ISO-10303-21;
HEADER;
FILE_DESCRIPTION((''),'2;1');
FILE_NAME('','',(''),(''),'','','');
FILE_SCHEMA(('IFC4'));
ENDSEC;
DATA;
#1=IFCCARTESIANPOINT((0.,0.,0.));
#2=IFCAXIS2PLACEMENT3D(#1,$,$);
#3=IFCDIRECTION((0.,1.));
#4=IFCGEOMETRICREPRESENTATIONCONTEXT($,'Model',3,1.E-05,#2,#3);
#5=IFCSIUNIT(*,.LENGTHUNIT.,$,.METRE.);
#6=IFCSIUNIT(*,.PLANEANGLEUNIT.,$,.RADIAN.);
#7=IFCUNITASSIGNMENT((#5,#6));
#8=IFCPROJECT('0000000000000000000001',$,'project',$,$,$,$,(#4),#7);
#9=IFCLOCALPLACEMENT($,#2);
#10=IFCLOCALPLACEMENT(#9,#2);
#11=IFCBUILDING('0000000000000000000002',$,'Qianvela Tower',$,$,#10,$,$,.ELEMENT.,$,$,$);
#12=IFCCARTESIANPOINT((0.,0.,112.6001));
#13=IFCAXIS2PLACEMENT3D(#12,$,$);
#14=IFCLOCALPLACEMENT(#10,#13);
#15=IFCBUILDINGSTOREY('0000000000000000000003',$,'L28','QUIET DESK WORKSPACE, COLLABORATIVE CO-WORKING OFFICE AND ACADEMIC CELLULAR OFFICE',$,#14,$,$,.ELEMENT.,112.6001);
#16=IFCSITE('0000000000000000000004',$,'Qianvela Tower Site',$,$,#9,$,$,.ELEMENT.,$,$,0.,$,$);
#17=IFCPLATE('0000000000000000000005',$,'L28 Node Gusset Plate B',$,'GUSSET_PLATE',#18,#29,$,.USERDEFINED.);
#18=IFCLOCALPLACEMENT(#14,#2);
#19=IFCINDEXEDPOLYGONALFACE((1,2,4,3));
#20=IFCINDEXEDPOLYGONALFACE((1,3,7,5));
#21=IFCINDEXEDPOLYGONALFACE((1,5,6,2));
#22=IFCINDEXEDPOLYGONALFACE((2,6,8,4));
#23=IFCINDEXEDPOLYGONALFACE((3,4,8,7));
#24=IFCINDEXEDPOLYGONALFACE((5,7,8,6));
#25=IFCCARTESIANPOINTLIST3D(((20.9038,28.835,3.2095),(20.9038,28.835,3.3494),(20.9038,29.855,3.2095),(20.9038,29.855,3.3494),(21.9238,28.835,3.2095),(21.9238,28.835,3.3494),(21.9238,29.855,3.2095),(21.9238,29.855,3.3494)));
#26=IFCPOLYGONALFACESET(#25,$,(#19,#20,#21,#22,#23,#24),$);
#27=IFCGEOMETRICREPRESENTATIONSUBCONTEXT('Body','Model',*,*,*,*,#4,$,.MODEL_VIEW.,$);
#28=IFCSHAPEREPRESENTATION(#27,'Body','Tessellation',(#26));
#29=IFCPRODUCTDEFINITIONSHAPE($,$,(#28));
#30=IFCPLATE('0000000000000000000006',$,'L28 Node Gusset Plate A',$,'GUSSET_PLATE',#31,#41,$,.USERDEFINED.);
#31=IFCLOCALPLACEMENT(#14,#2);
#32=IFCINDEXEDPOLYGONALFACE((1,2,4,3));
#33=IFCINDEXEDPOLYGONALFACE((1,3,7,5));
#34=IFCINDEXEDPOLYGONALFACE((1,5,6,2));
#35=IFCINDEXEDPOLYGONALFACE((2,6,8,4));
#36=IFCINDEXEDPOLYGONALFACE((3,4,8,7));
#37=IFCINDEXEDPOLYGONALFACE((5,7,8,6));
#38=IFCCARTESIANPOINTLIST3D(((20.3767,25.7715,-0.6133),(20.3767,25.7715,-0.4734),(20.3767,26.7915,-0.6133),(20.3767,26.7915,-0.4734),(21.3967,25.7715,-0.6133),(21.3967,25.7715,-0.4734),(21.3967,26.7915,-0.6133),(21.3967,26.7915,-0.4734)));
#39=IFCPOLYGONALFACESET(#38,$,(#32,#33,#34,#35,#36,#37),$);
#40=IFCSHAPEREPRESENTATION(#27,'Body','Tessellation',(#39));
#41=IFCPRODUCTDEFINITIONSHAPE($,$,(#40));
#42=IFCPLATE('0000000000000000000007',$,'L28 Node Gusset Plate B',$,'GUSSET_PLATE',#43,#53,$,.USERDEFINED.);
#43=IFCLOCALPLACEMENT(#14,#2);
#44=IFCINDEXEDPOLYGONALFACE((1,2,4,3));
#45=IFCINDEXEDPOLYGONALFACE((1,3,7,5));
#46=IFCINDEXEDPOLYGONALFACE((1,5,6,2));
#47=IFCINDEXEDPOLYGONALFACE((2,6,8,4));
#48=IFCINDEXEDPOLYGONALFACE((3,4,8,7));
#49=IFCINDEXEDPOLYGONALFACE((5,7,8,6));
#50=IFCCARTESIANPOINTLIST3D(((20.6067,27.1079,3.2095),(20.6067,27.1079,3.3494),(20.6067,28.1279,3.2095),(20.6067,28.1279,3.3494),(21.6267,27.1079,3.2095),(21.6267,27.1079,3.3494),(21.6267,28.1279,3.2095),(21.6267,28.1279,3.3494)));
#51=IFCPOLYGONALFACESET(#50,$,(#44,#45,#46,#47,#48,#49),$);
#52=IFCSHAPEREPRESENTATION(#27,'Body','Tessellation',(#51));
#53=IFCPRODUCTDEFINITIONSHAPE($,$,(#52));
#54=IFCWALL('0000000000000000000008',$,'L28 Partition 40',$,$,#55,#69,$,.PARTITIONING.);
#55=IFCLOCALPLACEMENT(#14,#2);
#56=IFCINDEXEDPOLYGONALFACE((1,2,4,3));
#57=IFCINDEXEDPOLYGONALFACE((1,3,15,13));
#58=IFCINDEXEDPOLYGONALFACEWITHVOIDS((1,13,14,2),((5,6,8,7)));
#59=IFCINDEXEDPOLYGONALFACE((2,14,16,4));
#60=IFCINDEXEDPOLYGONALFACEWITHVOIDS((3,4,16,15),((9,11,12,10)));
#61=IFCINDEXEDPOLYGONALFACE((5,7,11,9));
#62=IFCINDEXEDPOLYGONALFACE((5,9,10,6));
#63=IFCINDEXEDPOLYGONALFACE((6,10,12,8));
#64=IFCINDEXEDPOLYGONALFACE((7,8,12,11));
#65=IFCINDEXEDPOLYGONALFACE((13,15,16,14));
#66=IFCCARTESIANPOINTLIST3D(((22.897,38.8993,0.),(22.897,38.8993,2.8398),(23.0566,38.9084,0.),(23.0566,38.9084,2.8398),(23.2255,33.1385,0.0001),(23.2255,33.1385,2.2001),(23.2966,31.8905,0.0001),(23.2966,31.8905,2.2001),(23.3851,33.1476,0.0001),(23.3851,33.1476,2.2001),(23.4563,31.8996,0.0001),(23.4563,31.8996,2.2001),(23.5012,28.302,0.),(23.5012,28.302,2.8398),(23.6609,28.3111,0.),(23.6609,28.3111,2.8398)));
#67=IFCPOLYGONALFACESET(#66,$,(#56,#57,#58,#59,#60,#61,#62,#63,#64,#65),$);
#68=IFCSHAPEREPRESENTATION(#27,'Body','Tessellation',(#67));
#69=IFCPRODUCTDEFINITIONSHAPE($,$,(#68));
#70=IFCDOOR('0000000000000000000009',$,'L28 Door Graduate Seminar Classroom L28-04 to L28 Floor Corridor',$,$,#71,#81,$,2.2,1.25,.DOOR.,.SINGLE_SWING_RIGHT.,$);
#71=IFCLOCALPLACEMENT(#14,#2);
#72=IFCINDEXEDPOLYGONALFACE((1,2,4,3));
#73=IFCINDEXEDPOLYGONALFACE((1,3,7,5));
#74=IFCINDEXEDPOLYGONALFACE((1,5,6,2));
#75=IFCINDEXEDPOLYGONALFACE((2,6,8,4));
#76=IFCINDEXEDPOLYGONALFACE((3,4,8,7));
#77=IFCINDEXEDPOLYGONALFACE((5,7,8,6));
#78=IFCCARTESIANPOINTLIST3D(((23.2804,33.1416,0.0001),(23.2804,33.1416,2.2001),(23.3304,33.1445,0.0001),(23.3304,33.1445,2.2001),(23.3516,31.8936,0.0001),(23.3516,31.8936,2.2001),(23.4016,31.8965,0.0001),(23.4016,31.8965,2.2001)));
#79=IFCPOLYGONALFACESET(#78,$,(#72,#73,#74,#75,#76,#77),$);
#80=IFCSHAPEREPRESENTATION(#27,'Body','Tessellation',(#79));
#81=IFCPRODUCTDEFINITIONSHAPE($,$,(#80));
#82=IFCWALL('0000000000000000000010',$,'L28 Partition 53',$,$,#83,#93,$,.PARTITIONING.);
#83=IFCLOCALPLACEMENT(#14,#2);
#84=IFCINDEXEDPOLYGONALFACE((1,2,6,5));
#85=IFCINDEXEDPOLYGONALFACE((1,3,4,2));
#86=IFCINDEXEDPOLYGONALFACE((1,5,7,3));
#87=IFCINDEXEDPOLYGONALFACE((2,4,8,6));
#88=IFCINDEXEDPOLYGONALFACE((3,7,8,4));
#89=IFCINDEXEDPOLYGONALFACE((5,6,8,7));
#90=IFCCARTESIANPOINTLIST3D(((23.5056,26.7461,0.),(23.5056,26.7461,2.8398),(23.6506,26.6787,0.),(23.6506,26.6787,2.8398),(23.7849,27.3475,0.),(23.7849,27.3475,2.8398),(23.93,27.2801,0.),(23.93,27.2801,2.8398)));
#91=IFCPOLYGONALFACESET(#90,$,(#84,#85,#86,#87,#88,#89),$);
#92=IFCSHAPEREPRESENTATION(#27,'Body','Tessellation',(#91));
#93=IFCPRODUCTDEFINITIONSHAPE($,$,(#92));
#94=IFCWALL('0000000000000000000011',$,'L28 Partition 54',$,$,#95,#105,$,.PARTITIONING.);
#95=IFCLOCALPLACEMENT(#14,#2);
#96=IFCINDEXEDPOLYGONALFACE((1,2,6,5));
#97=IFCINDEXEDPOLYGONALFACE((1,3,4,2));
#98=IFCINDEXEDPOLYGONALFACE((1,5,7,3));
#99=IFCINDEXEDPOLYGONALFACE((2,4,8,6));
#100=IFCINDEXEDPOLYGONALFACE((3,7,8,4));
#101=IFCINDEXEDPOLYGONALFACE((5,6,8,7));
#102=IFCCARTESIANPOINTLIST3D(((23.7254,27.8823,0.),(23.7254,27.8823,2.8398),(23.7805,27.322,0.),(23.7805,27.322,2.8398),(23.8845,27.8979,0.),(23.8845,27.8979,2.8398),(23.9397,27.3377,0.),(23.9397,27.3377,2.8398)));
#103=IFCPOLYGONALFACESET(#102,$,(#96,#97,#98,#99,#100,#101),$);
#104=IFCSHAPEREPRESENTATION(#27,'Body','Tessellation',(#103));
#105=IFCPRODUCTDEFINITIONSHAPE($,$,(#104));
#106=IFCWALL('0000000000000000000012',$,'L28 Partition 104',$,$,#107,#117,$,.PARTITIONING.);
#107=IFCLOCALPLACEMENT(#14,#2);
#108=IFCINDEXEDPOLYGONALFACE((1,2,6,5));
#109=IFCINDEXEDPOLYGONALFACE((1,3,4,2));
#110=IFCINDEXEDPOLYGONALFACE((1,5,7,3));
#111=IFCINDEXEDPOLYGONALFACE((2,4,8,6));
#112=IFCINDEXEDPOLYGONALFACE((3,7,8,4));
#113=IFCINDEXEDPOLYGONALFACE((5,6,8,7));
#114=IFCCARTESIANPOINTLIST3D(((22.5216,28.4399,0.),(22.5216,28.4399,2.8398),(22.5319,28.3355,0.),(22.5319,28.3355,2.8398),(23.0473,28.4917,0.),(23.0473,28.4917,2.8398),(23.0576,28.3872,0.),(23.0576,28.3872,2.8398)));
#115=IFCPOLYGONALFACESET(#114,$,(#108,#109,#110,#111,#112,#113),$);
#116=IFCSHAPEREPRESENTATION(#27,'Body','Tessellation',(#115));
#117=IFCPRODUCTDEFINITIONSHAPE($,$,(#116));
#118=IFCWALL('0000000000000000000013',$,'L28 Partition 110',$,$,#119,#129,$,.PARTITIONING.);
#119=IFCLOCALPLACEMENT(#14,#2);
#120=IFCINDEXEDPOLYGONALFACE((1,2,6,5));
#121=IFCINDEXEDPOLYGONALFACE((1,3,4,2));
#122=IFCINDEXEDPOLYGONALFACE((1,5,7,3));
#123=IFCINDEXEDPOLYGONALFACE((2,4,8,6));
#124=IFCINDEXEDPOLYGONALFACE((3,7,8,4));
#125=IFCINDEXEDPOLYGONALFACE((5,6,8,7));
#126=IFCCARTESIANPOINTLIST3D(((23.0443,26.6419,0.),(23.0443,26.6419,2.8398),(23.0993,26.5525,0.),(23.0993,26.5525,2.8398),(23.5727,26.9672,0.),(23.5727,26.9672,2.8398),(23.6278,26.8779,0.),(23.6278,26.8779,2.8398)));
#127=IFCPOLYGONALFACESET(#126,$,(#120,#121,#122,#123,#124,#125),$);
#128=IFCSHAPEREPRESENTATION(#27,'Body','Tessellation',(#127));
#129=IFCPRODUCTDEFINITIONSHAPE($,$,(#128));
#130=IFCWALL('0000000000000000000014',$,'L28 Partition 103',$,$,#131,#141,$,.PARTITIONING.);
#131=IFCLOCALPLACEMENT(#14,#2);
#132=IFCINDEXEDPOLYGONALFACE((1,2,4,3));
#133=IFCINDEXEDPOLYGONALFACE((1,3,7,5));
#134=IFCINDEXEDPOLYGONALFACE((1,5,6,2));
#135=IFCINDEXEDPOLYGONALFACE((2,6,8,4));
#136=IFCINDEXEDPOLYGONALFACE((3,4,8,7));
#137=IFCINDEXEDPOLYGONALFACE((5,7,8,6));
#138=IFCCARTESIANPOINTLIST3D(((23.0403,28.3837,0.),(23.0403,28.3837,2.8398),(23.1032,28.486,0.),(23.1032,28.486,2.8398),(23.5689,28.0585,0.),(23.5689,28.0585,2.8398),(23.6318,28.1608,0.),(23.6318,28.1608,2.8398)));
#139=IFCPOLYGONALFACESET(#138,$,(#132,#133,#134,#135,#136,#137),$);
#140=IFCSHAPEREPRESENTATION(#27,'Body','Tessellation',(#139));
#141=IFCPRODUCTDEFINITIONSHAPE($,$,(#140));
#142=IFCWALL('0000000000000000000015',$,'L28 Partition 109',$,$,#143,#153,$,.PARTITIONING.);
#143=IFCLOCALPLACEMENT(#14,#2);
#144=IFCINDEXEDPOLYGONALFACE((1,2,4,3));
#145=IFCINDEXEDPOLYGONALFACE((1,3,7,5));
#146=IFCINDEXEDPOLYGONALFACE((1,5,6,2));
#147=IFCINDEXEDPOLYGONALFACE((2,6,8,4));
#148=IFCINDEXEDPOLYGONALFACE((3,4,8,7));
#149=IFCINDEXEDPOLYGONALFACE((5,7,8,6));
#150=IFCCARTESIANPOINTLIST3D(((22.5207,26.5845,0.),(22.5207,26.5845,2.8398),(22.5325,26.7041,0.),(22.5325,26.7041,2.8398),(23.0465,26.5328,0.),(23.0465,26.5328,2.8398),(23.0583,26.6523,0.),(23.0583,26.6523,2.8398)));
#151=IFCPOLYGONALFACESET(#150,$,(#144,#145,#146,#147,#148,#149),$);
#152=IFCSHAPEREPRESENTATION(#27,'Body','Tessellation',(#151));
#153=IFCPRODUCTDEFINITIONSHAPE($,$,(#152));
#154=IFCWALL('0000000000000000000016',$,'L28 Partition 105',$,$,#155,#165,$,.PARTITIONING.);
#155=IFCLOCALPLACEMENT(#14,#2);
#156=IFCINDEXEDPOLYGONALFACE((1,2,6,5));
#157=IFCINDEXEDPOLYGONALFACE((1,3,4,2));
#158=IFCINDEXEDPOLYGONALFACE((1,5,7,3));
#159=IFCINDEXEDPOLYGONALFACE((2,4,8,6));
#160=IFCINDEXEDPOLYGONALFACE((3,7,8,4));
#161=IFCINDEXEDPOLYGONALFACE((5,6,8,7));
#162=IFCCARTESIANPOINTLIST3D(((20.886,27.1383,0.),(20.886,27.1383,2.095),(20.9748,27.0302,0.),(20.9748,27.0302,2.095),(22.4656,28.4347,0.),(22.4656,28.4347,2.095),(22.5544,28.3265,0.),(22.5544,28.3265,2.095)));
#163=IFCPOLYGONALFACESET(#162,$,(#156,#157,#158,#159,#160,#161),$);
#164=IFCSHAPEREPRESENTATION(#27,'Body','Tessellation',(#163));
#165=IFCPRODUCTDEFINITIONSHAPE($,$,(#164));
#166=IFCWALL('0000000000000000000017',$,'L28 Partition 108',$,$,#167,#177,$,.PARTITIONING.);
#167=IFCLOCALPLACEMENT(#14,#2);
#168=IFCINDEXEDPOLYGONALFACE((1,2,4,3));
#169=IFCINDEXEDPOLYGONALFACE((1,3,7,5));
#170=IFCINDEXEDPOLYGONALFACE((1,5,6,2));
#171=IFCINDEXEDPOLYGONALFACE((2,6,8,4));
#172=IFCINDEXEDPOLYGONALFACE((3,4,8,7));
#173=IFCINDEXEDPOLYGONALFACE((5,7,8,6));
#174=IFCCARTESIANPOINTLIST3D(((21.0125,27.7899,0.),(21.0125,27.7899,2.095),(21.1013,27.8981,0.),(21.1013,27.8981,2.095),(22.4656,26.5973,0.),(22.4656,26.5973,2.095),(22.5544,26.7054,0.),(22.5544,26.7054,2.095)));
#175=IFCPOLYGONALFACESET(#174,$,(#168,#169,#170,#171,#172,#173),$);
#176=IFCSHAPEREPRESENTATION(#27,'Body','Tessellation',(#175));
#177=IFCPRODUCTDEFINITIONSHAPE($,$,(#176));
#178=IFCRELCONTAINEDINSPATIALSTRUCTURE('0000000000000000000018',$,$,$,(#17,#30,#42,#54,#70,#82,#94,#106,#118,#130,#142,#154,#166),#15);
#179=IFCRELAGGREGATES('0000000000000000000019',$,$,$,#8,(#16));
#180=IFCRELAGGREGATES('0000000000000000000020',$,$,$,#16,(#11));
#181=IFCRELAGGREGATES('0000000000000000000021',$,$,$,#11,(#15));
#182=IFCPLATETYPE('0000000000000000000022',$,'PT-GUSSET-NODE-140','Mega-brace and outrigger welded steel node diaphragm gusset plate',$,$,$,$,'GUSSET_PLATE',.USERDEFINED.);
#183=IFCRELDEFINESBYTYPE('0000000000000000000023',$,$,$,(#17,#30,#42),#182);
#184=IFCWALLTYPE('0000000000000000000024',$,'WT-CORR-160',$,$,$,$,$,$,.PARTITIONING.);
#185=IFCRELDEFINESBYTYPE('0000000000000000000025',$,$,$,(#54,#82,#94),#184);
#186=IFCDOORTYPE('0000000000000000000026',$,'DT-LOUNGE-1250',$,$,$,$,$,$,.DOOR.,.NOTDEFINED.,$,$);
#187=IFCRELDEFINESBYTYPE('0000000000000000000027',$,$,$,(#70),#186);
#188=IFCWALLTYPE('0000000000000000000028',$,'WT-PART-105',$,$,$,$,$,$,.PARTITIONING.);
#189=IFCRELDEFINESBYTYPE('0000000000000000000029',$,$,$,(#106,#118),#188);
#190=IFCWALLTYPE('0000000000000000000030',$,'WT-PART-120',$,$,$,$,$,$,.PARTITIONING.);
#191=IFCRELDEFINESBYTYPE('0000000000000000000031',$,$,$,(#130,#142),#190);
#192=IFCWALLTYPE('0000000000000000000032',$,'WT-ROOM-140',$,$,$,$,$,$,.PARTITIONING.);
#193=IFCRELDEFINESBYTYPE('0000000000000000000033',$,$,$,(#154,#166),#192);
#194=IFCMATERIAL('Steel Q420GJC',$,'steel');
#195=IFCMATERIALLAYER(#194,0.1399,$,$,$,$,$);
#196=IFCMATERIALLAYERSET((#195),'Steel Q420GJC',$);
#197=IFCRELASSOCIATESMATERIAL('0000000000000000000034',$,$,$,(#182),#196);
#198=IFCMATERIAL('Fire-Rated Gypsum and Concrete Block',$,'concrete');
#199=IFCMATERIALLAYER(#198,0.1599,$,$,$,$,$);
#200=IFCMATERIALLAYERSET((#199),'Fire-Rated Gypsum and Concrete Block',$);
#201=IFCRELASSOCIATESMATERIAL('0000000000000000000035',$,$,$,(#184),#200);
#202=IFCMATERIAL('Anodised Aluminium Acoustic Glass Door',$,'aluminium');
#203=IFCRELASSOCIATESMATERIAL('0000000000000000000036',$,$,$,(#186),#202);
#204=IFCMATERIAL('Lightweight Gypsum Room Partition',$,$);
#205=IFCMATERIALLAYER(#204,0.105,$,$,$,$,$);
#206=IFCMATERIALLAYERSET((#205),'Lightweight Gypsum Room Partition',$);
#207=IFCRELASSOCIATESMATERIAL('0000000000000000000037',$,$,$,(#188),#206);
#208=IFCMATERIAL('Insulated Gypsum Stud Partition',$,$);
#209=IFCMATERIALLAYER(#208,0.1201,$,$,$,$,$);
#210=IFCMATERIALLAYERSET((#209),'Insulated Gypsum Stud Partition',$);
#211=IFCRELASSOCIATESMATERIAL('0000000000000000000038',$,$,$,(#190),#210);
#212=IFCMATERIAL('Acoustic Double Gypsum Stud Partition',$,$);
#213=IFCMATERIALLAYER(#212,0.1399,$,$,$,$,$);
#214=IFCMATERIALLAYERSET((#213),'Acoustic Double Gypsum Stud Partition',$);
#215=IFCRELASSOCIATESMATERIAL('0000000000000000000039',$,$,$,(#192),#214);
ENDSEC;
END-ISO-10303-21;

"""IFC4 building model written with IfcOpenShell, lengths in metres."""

from ifc_helpers import new_model, si_unit, direction, frame, frame_2d, origin, origin_2d, place, context, subcontext, project, spatial, rectangle, extrude, material, layer, layer_set, type_object, element, fill, save


model = new_model("IFC4")

# Units and contexts
model_context = context("Model", 3, precision=1e-05, world=origin(), true_north=direction((0.0, 1.0)))
body_context = subcontext(model_context, "Body", "Model", "MODEL_VIEW")
ifc_project = project(units=[si_unit("LENGTHUNIT", "METRE"), si_unit("PLANEANGLEUNIT", "RADIAN")], contexts=[model_context])

# Site, building, storey
site_placement = place(None, origin())
site = spatial("IfcSite", under=ifc_project, at=site_placement, Name="Qianvela Tower Site", CompositionType="ELEMENT", RefElevation=0.0)
building_placement = place(site_placement, origin())
building = spatial("IfcBuilding", under=site, at=building_placement, Name="Qianvela Tower", CompositionType="ELEMENT")
storey_placement = place(building_placement, frame((0.0, 0.0, 112.6001)))
storey = spatial("IfcBuildingStorey", under=building, at=storey_placement, Name="L28", Description="QUIET DESK WORKSPACE, COLLABORATIVE CO-WORKING OFFICE AND ACADEMIC CELLULAR OFFICE", CompositionType="ELEMENT", Elevation=112.6001)

# Plates
ifc_material_1 = material(Name="Steel Q420GJC", Category="steel")
ifc_layer_1 = layer(ifc_material_1, 0.1399)
ifc_layer_set_1 = layer_set([ifc_layer_1], Name="Steel Q420GJC")
plate_type_1 = type_object("IfcPlateType", Name="PT-GUSSET-NODE-140", Description="Mega-brace and outrigger welded steel node diaphragm gusset plate", ElementType="GUSSET_PLATE", PredefinedType="USERDEFINED", material=ifc_layer_set_1)
for number, where, z_axis, x_axis, name in (
    (1, (21.4138, 29.345, 3.2095), (0.0, 0.0, 1.0), (1.0, 0.0, 0.0), "L28 Node Gusset Plate B"),
    (2, (20.8867, 26.2815, -0.6133), (0.0, 0.0, 1.0), (1.0, 0.0, 0.0), "L28 Node Gusset Plate A"),
    (3, (21.1167, 27.6179, 3.2095), (0.0, 0.0, 1.0), (1.0, 0.0, 0.0), "L28 Node Gusset Plate B"),
):
    element("IfcPlate", number, at=place(storey_placement, frame(where, z_axis=z_axis, x_axis=x_axis)), inside=storey, type_object=plate_type_1, Name=name, ObjectType="GUSSET_PLATE", PredefinedType="USERDEFINED", context=body_context, shape_type="SweptSolid", body=[
        extrude(rectangle(XDim=1.02, YDim=1.02, at=origin_2d()), origin(), (0.0, 0.0, 1.0), 0.1399),
    ])

# Wall, opening, door
ifc_material_2 = material(Name="Fire-Rated Gypsum and Concrete Block", Category="concrete")
ifc_layer_2 = layer(ifc_material_2, 0.1599)
ifc_layer_set_2 = layer_set([ifc_layer_2], Name="Fire-Rated Gypsum and Concrete Block")
wall_type_1 = type_object("IfcWallType", Name="WT-CORR-160", PredefinedType="PARTITIONING", material=ifc_layer_set_2)
wall_1_placement = place(storey_placement, frame((23.5811, 28.3066, 0.0), z_axis=(0.0, 0.0, 1.0), x_axis=(-0.056927, 0.998378, 0.0)))
wall_1 = element("IfcWall", 4, at=wall_1_placement, inside=storey, type_object=wall_type_1, Name="L28 Partition 40", PredefinedType="PARTITIONING", context=body_context, shape_type="SweptSolid", body=[
    extrude(rectangle(XDim=10.6145, YDim=0.1599, at=frame_2d((5.3071, 0.0))), origin(), (0.0, 0.0, 1.0), 2.8398),
])
opening_1_placement = place(wall_1_placement, frame((3.5942, 0.0, 0.0)))
opening_1 = element("IfcOpeningElement", 5, at=opening_1_placement, cuts=wall_1, PredefinedType="OPENING", context=body_context, shape_type="SweptSolid", body=[
    extrude(rectangle(XDim=1.25, YDim=2.2, at=frame_2d((0.625, 1.1001))), frame((0.0, 0.0898, 0.0), z_axis=(0.0, -1.0, 0.0), x_axis=(1.0, 0.0, 0.0)), (0.0, 0.0, 1.0), 0.1799),
])
ifc_material_3 = material(Name="Anodised Aluminium Acoustic Glass Door", Category="aluminium")
door_type_1 = type_object("IfcDoorType", Name="DT-LOUNGE-1250", OperationType="NOTDEFINED", PredefinedType="DOOR", material=ifc_material_3)
door_1_placement = place(opening_1_placement, origin())
door_1 = element("IfcDoor", 6, at=door_1_placement, inside=storey, type_object=door_type_1, Name="L28 Door Graduate Seminar Classroom L28-04 to L28 Floor Corridor", OperationType="SINGLE_SWING_RIGHT", OverallHeight=2.2, OverallWidth=1.25, PredefinedType="DOOR", context=body_context, shape_type="SweptSolid", body=[
    extrude(rectangle(XDim=1.25, YDim=2.2, at=frame_2d((0.625, 1.1001))), frame((0.0, 0.0249, 0.0), z_axis=(0.0, -1.0, 0.0), x_axis=(1.0, 0.0, 0.0)), (0.0, 0.0, 1.0), 0.05),
])
fill(opening_1, door_1)

# Walls
wall_2_placement = place(storey_placement, frame((23.5781, 26.7124, 0.0), z_axis=(0.0, 0.0, 1.0), x_axis=(0.421252, 0.906944, 0.0)))
element("IfcWall", 7, at=wall_2_placement, inside=storey, type_object=wall_type_1, Name="L28 Partition 53", PredefinedType="PARTITIONING", context=body_context, shape_type="SweptSolid", body=[
    extrude(rectangle(XDim=0.6631, YDim=0.1599, at=frame_2d((0.3315, 0.0))), origin(), (0.0, 0.0, 1.0), 2.8398),
])
wall_3_placement = place(storey_placement, frame((23.8601, 27.3298, 0.0), z_axis=(0.0, 0.0, 1.0), x_axis=(-0.098001, 0.995186, 0.0)))
element("IfcWall", 8, at=wall_3_placement, inside=storey, type_object=wall_type_1, Name="L28 Partition 54", PredefinedType="PARTITIONING", context=body_context, shape_type="SweptSolid", body=[
    extrude(rectangle(XDim=0.563, YDim=0.1599, at=frame_2d((0.2815, 0.0))), origin(), (0.0, 0.0, 1.0), 2.8398),
])
ifc_material_4 = material(Name="Lightweight Gypsum Room Partition")
ifc_layer_3 = layer(ifc_material_4, 0.105)
ifc_layer_set_3 = layer_set([ifc_layer_3], Name="Lightweight Gypsum Room Partition")
wall_type_2 = type_object("IfcWallType", Name="WT-PART-105", PredefinedType="PARTITIONING", material=ifc_layer_set_3)
wall_4_placement = place(storey_placement, frame((23.0525, 28.4395, 0.0), z_axis=(0.0, 0.0, 1.0), x_axis=(-0.995192, -0.097948, 0.0)))
element("IfcWall", 9, at=wall_4_placement, inside=storey, type_object=wall_type_2, Name="L28 Partition 104", PredefinedType="PARTITIONING", context=body_context, shape_type="SweptSolid", body=[
    extrude(rectangle(XDim=0.5283, YDim=0.105, at=frame_2d((0.2642, 0.0))), origin(), (0.0, 0.0, 1.0), 2.8398),
])
wall_5_placement = place(storey_placement, frame((23.0718, 26.5972, 0.0), z_axis=(0.0, 0.0, 1.0), x_axis=(0.851537, 0.524295, 0.0)))
element("IfcWall", 10, at=wall_5_placement, inside=storey, type_object=wall_type_2, Name="L28 Partition 110", PredefinedType="PARTITIONING", context=body_context, shape_type="SweptSolid", body=[
    extrude(rectangle(XDim=0.6206, YDim=0.105, at=frame_2d((0.3103, 0.0))), origin(), (0.0, 0.0, 1.0), 2.8398),
])
ifc_material_5 = material(Name="Insulated Gypsum Stud Partition")
ifc_layer_4 = layer(ifc_material_5, 0.1201)
ifc_layer_set_4 = layer_set([ifc_layer_4], Name="Insulated Gypsum Stud Partition")
wall_type_3 = type_object("IfcWallType", Name="WT-PART-120", PredefinedType="PARTITIONING", material=ifc_layer_set_4)
wall_6_placement = place(storey_placement, frame((23.6003, 28.1096, 0.0), z_axis=(0.0, 0.0, 1.0), x_axis=(-0.851712, 0.52401, 0.0)))
element("IfcWall", 11, at=wall_6_placement, inside=storey, type_object=wall_type_3, Name="L28 Partition 103", PredefinedType="PARTITIONING", context=body_context, shape_type="SweptSolid", body=[
    extrude(rectangle(XDim=0.6206, YDim=0.1201, at=frame_2d((0.3103, 0.0))), origin(), (0.0, 0.0, 1.0), 2.8398),
])
wall_7_placement = place(storey_placement, frame((22.5266, 26.6443, 0.0), z_axis=(0.0, 0.0, 1.0), x_axis=(0.995192, -0.097948, 0.0)))
element("IfcWall", 12, at=wall_7_placement, inside=storey, type_object=wall_type_3, Name="L28 Partition 109", PredefinedType="PARTITIONING", context=body_context, shape_type="SweptSolid", body=[
    extrude(rectangle(XDim=0.5283, YDim=0.1201, at=frame_2d((0.2642, 0.0))), origin(), (0.0, 0.0, 1.0), 2.8398),
])
ifc_material_6 = material(Name="Acoustic Double Gypsum Stud Partition")
ifc_layer_5 = layer(ifc_material_6, 0.1399)
ifc_layer_set_5 = layer_set([ifc_layer_5], Name="Acoustic Double Gypsum Stud Partition")
wall_type_4 = type_object("IfcWallType", Name="WT-ROOM-140", PredefinedType="PARTITIONING", material=ifc_layer_set_5)
wall_8_placement = place(storey_placement, frame((22.51, 28.3806, 0.0), z_axis=(0.0, 0.0, 1.0), x_axis=(-0.772998, -0.634408, 0.0)))
element("IfcWall", 13, at=wall_8_placement, inside=storey, type_object=wall_type_4, Name="L28 Partition 105", PredefinedType="PARTITIONING", context=body_context, shape_type="SweptSolid", body=[
    extrude(rectangle(XDim=2.0435, YDim=0.1399, at=frame_2d((1.0217, 0.0))), origin(), (0.0, 0.0, 1.0), 2.095),
])
wall_9_placement = place(storey_placement, frame((21.0569, 27.844, 0.0), z_axis=(0.0, 0.0, 1.0), x_axis=(0.77299, -0.634418, 0.0)))
element("IfcWall", 14, at=wall_9_placement, inside=storey, type_object=wall_type_4, Name="L28 Partition 108", PredefinedType="PARTITIONING", context=body_context, shape_type="SweptSolid", body=[
    extrude(rectangle(XDim=1.8799, YDim=0.1399, at=frame_2d((0.9399, 0.0))), origin(), (0.0, 0.0, 1.0), 2.095),
])

save(model, "model.ifc")
